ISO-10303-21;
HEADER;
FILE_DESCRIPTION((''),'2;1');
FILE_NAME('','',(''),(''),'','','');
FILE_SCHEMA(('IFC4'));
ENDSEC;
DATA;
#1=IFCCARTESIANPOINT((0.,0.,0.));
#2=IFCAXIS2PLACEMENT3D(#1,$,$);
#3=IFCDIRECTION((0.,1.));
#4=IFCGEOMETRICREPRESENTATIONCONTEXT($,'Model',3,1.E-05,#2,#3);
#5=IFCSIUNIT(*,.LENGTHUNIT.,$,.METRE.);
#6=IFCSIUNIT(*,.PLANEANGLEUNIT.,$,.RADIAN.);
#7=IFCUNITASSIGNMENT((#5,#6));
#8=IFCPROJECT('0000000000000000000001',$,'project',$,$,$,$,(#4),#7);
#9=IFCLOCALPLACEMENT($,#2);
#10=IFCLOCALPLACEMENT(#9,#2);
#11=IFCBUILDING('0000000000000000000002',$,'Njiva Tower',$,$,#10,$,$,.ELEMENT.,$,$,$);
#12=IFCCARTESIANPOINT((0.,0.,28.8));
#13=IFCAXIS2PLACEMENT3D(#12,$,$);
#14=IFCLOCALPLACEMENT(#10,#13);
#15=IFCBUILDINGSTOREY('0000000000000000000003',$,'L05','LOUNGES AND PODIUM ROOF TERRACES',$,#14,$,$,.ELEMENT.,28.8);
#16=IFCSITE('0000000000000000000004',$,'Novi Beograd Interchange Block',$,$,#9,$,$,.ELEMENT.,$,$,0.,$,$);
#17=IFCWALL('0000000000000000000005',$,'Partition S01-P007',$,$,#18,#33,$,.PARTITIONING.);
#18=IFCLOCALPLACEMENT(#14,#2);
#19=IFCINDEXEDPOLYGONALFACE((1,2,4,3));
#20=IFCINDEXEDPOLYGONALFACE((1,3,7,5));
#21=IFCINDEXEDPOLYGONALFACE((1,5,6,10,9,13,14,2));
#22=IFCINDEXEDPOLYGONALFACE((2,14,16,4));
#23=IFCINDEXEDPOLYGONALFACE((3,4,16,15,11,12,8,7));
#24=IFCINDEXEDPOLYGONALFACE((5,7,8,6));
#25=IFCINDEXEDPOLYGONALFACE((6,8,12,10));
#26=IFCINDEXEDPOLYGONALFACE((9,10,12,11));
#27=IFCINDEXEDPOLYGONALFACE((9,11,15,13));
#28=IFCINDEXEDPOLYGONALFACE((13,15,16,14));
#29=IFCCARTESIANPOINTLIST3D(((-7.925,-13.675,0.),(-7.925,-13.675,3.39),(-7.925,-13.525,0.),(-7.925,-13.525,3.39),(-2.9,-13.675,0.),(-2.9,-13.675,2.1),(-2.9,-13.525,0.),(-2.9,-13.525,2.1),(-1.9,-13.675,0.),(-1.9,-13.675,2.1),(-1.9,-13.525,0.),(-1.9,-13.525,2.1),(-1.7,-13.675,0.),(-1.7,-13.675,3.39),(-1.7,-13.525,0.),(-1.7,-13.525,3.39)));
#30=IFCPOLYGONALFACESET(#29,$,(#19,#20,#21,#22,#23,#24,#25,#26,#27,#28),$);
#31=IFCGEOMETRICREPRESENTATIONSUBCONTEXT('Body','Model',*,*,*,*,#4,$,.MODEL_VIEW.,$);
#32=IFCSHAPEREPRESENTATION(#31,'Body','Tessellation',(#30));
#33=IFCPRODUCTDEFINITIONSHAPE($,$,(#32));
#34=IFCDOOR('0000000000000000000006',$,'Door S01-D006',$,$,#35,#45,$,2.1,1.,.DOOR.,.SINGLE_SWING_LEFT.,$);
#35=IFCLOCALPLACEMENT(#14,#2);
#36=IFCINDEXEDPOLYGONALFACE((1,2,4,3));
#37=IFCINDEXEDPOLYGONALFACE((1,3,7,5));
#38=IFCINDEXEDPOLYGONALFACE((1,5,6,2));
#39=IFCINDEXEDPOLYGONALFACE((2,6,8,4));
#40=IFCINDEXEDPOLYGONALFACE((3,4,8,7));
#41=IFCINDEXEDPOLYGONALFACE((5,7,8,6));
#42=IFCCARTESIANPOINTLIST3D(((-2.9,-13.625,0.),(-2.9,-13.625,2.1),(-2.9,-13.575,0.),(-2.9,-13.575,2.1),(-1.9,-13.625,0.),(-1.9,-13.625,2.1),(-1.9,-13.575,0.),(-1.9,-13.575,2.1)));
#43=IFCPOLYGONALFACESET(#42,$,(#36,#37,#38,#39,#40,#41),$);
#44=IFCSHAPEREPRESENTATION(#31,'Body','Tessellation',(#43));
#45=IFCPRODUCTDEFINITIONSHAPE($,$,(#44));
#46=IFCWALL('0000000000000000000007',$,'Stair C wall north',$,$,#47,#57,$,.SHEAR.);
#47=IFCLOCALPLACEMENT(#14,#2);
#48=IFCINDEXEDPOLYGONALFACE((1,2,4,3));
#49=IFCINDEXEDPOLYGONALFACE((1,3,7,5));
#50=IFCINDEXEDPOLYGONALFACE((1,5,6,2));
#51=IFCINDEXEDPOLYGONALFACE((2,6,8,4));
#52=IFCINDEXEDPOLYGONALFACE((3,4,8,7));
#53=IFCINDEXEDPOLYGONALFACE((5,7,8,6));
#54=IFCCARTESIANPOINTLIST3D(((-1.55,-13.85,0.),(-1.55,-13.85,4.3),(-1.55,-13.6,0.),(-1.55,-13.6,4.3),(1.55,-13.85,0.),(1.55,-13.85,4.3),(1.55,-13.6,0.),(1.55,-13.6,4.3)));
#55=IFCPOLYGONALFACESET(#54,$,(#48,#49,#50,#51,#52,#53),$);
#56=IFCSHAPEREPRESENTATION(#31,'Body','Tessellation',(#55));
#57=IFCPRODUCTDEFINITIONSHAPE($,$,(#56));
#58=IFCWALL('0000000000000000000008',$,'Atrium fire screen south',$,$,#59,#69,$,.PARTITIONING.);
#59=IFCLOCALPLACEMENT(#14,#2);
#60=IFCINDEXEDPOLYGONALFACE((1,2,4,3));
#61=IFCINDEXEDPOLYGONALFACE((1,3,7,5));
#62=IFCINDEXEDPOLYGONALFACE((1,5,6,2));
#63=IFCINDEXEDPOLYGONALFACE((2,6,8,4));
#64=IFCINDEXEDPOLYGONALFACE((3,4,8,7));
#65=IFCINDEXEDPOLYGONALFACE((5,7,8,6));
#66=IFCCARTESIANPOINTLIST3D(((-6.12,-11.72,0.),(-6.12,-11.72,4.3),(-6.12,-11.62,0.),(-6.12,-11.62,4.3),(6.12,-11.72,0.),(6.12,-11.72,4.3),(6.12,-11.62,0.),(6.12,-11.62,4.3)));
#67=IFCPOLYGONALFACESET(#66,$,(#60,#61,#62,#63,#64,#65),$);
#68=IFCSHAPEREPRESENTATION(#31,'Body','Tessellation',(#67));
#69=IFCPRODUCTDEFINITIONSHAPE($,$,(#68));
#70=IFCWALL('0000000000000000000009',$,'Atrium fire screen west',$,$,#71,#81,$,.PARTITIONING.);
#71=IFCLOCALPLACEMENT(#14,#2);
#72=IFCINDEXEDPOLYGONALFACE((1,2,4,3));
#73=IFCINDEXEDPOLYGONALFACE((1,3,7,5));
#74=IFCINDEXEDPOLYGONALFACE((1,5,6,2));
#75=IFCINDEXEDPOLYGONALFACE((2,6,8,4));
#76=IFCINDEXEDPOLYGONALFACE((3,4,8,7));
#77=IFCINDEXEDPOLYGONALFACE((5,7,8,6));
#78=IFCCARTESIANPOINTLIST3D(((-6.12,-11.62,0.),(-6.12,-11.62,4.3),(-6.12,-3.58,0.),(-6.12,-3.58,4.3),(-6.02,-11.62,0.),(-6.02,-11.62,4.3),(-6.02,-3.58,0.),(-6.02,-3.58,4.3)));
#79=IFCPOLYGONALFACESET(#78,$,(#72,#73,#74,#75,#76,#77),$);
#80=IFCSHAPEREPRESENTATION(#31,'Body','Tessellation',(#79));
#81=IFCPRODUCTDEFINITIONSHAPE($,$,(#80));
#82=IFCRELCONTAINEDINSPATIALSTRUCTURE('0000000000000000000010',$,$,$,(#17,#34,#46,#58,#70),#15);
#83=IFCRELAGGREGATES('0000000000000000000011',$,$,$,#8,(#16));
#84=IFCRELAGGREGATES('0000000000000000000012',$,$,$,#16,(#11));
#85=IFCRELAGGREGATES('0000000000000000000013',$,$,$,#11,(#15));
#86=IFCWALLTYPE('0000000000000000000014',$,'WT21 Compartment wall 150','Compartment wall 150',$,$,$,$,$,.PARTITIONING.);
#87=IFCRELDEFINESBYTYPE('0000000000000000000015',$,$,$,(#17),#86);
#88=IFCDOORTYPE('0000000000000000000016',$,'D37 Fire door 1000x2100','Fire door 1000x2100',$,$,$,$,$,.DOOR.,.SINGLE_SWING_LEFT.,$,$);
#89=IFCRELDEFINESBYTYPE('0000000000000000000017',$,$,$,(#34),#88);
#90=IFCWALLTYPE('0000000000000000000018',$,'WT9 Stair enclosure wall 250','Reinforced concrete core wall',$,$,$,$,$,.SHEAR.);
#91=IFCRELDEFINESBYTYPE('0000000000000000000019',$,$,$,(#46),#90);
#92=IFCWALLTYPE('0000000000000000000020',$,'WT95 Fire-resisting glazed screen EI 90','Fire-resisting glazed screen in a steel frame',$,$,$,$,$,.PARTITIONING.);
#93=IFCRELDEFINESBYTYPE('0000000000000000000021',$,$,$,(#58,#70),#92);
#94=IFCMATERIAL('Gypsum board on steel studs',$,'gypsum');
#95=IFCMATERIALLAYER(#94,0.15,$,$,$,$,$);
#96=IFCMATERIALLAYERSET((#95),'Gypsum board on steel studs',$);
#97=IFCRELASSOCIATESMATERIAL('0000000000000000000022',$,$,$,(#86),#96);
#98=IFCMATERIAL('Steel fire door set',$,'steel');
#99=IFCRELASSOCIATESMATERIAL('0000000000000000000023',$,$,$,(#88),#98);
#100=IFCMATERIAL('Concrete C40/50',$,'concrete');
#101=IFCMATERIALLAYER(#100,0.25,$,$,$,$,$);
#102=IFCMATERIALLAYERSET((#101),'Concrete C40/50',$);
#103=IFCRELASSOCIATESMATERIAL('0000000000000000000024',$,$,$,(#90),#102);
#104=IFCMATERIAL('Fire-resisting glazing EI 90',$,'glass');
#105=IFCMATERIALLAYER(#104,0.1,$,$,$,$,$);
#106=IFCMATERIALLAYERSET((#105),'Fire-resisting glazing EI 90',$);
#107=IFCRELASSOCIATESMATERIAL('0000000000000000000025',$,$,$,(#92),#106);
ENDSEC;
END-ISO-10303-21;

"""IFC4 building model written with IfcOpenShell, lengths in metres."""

from ifc_helpers import new_model, si_unit, direction, frame, frame_2d, origin, place, context, subcontext, project, spatial, rectangle, extrude, material, layer, layer_set, type_object, element, fill, save


model = new_model("IFC4")

# Units and contexts
model_context = context("Model", 3, precision=1e-05, world=origin(), true_north=direction((0.0, 1.0)))
body_context = subcontext(model_context, "Body", "Model", "MODEL_VIEW")
ifc_project = project(units=[si_unit("LENGTHUNIT", "METRE"), si_unit("PLANEANGLEUNIT", "RADIAN")], contexts=[model_context])

# Site, building, storey
site_placement = place(None, origin())
site = spatial("IfcSite", under=ifc_project, at=site_placement, Name="Novi Beograd Interchange Block", CompositionType="ELEMENT", RefElevation=0.0)
building_placement = place(site_placement, origin())
building = spatial("IfcBuilding", under=site, at=building_placement, Name="Njiva Tower", CompositionType="ELEMENT")
storey_placement = place(building_placement, frame((0.0, 0.0, 28.8)))
storey = spatial("IfcBuildingStorey", under=building, at=storey_placement, Name="L05", Description="LOUNGES AND PODIUM ROOF TERRACES", CompositionType="ELEMENT", Elevation=28.8)

# Shared definitions
ifc_material_1 = material(Name="Gypsum board on steel studs", Category="gypsum")
ifc_layer_1 = layer(ifc_material_1, 0.15)
ifc_layer_set_1 = layer_set([ifc_layer_1], Name="Gypsum board on steel studs")
wall_type_1 = type_object("IfcWallType", Name="WT21 Compartment wall 150", Description="Compartment wall 150", PredefinedType="PARTITIONING", material=ifc_layer_set_1)

# Wall, opening, door
wall_1_placement = place(storey_placement, frame((-7.925, -13.6, 0.0), z_axis=(0.0, 0.0, 1.0), x_axis=(1.0, 0.0, 0.0)))
wall_1 = element("IfcWall", 1, at=wall_1_placement, inside=storey, type_object=wall_type_1, Name="Partition S01-P007", PredefinedType="PARTITIONING", context=body_context, shape_type="SweptSolid", body=[
    extrude(rectangle(XDim=6.225, YDim=0.15, at=frame_2d((3.1125, 0.0))), origin(), (0.0, 0.0, 1.0), 3.39),
])
opening_placement = place(wall_1_placement, frame((5.025, 0.0, 0.0)))
opening = element("IfcOpeningElement", 2, at=opening_placement, cuts=wall_1, PredefinedType="OPENING", context=body_context, shape_type="SweptSolid", body=[
    extrude(rectangle(XDim=1.0, YDim=2.1, at=frame_2d((0.5, 1.05))), frame((0.0, 0.085, 0.0), z_axis=(0.0, -1.0, 0.0), x_axis=(1.0, 0.0, 0.0)), (0.0, 0.0, 1.0), 0.17),
])
ifc_material_2 = material(Name="Steel fire door set", Category="steel")
door_type = type_object("IfcDoorType", Name="D37 Fire door 1000x2100", Description="Fire door 1000x2100", OperationType="SINGLE_SWING_LEFT", PredefinedType="DOOR", material=ifc_material_2)
door_placement = place(opening_placement, origin())
door = element("IfcDoor", 3, at=door_placement, inside=storey, type_object=door_type, Name="Door S01-D006", OperationType="SINGLE_SWING_LEFT", OverallHeight=2.1, OverallWidth=1.0, PredefinedType="DOOR", context=body_context, shape_type="SweptSolid", body=[
    extrude(rectangle(XDim=1.0, YDim=2.1, at=frame_2d((0.5, 1.05))), frame((0.0, 0.025, 0.0), z_axis=(0.0, -1.0, 0.0), x_axis=(1.0, 0.0, 0.0)), (0.0, 0.0, 1.0), 0.05),
])
fill(opening, door)

# Walls
ifc_material_3 = material(Name="Concrete C40/50", Category="concrete")
ifc_layer_2 = layer(ifc_material_3, 0.25)
ifc_layer_set_2 = layer_set([ifc_layer_2], Name="Concrete C40/50")
wall_type_2 = type_object("IfcWallType", Name="WT9 Stair enclosure wall 250", Description="Reinforced concrete core wall", PredefinedType="SHEAR", material=ifc_layer_set_2)
wall_2_placement = place(storey_placement, frame((-1.55, -13.725, 0.0), z_axis=(0.0, 0.0, 1.0), x_axis=(1.0, 0.0, 0.0)))
element("IfcWall", 4, at=wall_2_placement, inside=storey, type_object=wall_type_2, Name="Stair C wall north", PredefinedType="SHEAR", context=body_context, shape_type="SweptSolid", body=[
    extrude(rectangle(XDim=3.1, YDim=0.25, at=frame_2d((1.55, 0.0))), origin(), (0.0, 0.0, 1.0), 4.3),
])
ifc_material_4 = material(Name="Fire-resisting glazing EI 90", Category="glass")
ifc_layer_3 = layer(ifc_material_4, 0.1)
ifc_layer_set_3 = layer_set([ifc_layer_3], Name="Fire-resisting glazing EI 90")
wall_type_3 = type_object("IfcWallType", Name="WT95 Fire-resisting glazed screen EI 90", Description="Fire-resisting glazed screen in a steel frame", PredefinedType="PARTITIONING", material=ifc_layer_set_3)
wall_3_placement = place(storey_placement, frame((-6.12, -11.67, 0.0), z_axis=(0.0, 0.0, 1.0), x_axis=(1.0, 0.0, 0.0)))
element("IfcWall", 5, at=wall_3_placement, inside=storey, type_object=wall_type_3, Name="Atrium fire screen south", PredefinedType="PARTITIONING", context=body_context, shape_type="SweptSolid", body=[
    extrude(rectangle(XDim=12.24, YDim=0.1, at=frame_2d((6.12, 0.0))), origin(), (0.0, 0.0, 1.0), 4.3),
])
wall_4_placement = place(storey_placement, frame((-6.07, -3.58, 0.0), z_axis=(0.0, 0.0, 1.0), x_axis=(0.0, -1.0, 0.0)))
element("IfcWall", 6, at=wall_4_placement, inside=storey, type_object=wall_type_3, Name="Atrium fire screen west", PredefinedType="PARTITIONING", context=body_context, shape_type="SweptSolid", body=[
    extrude(rectangle(XDim=8.04, YDim=0.1, at=frame_2d((4.02, 0.0))), origin(), (0.0, 0.0, 1.0), 4.3),
])

save(model, "model.ifc")
